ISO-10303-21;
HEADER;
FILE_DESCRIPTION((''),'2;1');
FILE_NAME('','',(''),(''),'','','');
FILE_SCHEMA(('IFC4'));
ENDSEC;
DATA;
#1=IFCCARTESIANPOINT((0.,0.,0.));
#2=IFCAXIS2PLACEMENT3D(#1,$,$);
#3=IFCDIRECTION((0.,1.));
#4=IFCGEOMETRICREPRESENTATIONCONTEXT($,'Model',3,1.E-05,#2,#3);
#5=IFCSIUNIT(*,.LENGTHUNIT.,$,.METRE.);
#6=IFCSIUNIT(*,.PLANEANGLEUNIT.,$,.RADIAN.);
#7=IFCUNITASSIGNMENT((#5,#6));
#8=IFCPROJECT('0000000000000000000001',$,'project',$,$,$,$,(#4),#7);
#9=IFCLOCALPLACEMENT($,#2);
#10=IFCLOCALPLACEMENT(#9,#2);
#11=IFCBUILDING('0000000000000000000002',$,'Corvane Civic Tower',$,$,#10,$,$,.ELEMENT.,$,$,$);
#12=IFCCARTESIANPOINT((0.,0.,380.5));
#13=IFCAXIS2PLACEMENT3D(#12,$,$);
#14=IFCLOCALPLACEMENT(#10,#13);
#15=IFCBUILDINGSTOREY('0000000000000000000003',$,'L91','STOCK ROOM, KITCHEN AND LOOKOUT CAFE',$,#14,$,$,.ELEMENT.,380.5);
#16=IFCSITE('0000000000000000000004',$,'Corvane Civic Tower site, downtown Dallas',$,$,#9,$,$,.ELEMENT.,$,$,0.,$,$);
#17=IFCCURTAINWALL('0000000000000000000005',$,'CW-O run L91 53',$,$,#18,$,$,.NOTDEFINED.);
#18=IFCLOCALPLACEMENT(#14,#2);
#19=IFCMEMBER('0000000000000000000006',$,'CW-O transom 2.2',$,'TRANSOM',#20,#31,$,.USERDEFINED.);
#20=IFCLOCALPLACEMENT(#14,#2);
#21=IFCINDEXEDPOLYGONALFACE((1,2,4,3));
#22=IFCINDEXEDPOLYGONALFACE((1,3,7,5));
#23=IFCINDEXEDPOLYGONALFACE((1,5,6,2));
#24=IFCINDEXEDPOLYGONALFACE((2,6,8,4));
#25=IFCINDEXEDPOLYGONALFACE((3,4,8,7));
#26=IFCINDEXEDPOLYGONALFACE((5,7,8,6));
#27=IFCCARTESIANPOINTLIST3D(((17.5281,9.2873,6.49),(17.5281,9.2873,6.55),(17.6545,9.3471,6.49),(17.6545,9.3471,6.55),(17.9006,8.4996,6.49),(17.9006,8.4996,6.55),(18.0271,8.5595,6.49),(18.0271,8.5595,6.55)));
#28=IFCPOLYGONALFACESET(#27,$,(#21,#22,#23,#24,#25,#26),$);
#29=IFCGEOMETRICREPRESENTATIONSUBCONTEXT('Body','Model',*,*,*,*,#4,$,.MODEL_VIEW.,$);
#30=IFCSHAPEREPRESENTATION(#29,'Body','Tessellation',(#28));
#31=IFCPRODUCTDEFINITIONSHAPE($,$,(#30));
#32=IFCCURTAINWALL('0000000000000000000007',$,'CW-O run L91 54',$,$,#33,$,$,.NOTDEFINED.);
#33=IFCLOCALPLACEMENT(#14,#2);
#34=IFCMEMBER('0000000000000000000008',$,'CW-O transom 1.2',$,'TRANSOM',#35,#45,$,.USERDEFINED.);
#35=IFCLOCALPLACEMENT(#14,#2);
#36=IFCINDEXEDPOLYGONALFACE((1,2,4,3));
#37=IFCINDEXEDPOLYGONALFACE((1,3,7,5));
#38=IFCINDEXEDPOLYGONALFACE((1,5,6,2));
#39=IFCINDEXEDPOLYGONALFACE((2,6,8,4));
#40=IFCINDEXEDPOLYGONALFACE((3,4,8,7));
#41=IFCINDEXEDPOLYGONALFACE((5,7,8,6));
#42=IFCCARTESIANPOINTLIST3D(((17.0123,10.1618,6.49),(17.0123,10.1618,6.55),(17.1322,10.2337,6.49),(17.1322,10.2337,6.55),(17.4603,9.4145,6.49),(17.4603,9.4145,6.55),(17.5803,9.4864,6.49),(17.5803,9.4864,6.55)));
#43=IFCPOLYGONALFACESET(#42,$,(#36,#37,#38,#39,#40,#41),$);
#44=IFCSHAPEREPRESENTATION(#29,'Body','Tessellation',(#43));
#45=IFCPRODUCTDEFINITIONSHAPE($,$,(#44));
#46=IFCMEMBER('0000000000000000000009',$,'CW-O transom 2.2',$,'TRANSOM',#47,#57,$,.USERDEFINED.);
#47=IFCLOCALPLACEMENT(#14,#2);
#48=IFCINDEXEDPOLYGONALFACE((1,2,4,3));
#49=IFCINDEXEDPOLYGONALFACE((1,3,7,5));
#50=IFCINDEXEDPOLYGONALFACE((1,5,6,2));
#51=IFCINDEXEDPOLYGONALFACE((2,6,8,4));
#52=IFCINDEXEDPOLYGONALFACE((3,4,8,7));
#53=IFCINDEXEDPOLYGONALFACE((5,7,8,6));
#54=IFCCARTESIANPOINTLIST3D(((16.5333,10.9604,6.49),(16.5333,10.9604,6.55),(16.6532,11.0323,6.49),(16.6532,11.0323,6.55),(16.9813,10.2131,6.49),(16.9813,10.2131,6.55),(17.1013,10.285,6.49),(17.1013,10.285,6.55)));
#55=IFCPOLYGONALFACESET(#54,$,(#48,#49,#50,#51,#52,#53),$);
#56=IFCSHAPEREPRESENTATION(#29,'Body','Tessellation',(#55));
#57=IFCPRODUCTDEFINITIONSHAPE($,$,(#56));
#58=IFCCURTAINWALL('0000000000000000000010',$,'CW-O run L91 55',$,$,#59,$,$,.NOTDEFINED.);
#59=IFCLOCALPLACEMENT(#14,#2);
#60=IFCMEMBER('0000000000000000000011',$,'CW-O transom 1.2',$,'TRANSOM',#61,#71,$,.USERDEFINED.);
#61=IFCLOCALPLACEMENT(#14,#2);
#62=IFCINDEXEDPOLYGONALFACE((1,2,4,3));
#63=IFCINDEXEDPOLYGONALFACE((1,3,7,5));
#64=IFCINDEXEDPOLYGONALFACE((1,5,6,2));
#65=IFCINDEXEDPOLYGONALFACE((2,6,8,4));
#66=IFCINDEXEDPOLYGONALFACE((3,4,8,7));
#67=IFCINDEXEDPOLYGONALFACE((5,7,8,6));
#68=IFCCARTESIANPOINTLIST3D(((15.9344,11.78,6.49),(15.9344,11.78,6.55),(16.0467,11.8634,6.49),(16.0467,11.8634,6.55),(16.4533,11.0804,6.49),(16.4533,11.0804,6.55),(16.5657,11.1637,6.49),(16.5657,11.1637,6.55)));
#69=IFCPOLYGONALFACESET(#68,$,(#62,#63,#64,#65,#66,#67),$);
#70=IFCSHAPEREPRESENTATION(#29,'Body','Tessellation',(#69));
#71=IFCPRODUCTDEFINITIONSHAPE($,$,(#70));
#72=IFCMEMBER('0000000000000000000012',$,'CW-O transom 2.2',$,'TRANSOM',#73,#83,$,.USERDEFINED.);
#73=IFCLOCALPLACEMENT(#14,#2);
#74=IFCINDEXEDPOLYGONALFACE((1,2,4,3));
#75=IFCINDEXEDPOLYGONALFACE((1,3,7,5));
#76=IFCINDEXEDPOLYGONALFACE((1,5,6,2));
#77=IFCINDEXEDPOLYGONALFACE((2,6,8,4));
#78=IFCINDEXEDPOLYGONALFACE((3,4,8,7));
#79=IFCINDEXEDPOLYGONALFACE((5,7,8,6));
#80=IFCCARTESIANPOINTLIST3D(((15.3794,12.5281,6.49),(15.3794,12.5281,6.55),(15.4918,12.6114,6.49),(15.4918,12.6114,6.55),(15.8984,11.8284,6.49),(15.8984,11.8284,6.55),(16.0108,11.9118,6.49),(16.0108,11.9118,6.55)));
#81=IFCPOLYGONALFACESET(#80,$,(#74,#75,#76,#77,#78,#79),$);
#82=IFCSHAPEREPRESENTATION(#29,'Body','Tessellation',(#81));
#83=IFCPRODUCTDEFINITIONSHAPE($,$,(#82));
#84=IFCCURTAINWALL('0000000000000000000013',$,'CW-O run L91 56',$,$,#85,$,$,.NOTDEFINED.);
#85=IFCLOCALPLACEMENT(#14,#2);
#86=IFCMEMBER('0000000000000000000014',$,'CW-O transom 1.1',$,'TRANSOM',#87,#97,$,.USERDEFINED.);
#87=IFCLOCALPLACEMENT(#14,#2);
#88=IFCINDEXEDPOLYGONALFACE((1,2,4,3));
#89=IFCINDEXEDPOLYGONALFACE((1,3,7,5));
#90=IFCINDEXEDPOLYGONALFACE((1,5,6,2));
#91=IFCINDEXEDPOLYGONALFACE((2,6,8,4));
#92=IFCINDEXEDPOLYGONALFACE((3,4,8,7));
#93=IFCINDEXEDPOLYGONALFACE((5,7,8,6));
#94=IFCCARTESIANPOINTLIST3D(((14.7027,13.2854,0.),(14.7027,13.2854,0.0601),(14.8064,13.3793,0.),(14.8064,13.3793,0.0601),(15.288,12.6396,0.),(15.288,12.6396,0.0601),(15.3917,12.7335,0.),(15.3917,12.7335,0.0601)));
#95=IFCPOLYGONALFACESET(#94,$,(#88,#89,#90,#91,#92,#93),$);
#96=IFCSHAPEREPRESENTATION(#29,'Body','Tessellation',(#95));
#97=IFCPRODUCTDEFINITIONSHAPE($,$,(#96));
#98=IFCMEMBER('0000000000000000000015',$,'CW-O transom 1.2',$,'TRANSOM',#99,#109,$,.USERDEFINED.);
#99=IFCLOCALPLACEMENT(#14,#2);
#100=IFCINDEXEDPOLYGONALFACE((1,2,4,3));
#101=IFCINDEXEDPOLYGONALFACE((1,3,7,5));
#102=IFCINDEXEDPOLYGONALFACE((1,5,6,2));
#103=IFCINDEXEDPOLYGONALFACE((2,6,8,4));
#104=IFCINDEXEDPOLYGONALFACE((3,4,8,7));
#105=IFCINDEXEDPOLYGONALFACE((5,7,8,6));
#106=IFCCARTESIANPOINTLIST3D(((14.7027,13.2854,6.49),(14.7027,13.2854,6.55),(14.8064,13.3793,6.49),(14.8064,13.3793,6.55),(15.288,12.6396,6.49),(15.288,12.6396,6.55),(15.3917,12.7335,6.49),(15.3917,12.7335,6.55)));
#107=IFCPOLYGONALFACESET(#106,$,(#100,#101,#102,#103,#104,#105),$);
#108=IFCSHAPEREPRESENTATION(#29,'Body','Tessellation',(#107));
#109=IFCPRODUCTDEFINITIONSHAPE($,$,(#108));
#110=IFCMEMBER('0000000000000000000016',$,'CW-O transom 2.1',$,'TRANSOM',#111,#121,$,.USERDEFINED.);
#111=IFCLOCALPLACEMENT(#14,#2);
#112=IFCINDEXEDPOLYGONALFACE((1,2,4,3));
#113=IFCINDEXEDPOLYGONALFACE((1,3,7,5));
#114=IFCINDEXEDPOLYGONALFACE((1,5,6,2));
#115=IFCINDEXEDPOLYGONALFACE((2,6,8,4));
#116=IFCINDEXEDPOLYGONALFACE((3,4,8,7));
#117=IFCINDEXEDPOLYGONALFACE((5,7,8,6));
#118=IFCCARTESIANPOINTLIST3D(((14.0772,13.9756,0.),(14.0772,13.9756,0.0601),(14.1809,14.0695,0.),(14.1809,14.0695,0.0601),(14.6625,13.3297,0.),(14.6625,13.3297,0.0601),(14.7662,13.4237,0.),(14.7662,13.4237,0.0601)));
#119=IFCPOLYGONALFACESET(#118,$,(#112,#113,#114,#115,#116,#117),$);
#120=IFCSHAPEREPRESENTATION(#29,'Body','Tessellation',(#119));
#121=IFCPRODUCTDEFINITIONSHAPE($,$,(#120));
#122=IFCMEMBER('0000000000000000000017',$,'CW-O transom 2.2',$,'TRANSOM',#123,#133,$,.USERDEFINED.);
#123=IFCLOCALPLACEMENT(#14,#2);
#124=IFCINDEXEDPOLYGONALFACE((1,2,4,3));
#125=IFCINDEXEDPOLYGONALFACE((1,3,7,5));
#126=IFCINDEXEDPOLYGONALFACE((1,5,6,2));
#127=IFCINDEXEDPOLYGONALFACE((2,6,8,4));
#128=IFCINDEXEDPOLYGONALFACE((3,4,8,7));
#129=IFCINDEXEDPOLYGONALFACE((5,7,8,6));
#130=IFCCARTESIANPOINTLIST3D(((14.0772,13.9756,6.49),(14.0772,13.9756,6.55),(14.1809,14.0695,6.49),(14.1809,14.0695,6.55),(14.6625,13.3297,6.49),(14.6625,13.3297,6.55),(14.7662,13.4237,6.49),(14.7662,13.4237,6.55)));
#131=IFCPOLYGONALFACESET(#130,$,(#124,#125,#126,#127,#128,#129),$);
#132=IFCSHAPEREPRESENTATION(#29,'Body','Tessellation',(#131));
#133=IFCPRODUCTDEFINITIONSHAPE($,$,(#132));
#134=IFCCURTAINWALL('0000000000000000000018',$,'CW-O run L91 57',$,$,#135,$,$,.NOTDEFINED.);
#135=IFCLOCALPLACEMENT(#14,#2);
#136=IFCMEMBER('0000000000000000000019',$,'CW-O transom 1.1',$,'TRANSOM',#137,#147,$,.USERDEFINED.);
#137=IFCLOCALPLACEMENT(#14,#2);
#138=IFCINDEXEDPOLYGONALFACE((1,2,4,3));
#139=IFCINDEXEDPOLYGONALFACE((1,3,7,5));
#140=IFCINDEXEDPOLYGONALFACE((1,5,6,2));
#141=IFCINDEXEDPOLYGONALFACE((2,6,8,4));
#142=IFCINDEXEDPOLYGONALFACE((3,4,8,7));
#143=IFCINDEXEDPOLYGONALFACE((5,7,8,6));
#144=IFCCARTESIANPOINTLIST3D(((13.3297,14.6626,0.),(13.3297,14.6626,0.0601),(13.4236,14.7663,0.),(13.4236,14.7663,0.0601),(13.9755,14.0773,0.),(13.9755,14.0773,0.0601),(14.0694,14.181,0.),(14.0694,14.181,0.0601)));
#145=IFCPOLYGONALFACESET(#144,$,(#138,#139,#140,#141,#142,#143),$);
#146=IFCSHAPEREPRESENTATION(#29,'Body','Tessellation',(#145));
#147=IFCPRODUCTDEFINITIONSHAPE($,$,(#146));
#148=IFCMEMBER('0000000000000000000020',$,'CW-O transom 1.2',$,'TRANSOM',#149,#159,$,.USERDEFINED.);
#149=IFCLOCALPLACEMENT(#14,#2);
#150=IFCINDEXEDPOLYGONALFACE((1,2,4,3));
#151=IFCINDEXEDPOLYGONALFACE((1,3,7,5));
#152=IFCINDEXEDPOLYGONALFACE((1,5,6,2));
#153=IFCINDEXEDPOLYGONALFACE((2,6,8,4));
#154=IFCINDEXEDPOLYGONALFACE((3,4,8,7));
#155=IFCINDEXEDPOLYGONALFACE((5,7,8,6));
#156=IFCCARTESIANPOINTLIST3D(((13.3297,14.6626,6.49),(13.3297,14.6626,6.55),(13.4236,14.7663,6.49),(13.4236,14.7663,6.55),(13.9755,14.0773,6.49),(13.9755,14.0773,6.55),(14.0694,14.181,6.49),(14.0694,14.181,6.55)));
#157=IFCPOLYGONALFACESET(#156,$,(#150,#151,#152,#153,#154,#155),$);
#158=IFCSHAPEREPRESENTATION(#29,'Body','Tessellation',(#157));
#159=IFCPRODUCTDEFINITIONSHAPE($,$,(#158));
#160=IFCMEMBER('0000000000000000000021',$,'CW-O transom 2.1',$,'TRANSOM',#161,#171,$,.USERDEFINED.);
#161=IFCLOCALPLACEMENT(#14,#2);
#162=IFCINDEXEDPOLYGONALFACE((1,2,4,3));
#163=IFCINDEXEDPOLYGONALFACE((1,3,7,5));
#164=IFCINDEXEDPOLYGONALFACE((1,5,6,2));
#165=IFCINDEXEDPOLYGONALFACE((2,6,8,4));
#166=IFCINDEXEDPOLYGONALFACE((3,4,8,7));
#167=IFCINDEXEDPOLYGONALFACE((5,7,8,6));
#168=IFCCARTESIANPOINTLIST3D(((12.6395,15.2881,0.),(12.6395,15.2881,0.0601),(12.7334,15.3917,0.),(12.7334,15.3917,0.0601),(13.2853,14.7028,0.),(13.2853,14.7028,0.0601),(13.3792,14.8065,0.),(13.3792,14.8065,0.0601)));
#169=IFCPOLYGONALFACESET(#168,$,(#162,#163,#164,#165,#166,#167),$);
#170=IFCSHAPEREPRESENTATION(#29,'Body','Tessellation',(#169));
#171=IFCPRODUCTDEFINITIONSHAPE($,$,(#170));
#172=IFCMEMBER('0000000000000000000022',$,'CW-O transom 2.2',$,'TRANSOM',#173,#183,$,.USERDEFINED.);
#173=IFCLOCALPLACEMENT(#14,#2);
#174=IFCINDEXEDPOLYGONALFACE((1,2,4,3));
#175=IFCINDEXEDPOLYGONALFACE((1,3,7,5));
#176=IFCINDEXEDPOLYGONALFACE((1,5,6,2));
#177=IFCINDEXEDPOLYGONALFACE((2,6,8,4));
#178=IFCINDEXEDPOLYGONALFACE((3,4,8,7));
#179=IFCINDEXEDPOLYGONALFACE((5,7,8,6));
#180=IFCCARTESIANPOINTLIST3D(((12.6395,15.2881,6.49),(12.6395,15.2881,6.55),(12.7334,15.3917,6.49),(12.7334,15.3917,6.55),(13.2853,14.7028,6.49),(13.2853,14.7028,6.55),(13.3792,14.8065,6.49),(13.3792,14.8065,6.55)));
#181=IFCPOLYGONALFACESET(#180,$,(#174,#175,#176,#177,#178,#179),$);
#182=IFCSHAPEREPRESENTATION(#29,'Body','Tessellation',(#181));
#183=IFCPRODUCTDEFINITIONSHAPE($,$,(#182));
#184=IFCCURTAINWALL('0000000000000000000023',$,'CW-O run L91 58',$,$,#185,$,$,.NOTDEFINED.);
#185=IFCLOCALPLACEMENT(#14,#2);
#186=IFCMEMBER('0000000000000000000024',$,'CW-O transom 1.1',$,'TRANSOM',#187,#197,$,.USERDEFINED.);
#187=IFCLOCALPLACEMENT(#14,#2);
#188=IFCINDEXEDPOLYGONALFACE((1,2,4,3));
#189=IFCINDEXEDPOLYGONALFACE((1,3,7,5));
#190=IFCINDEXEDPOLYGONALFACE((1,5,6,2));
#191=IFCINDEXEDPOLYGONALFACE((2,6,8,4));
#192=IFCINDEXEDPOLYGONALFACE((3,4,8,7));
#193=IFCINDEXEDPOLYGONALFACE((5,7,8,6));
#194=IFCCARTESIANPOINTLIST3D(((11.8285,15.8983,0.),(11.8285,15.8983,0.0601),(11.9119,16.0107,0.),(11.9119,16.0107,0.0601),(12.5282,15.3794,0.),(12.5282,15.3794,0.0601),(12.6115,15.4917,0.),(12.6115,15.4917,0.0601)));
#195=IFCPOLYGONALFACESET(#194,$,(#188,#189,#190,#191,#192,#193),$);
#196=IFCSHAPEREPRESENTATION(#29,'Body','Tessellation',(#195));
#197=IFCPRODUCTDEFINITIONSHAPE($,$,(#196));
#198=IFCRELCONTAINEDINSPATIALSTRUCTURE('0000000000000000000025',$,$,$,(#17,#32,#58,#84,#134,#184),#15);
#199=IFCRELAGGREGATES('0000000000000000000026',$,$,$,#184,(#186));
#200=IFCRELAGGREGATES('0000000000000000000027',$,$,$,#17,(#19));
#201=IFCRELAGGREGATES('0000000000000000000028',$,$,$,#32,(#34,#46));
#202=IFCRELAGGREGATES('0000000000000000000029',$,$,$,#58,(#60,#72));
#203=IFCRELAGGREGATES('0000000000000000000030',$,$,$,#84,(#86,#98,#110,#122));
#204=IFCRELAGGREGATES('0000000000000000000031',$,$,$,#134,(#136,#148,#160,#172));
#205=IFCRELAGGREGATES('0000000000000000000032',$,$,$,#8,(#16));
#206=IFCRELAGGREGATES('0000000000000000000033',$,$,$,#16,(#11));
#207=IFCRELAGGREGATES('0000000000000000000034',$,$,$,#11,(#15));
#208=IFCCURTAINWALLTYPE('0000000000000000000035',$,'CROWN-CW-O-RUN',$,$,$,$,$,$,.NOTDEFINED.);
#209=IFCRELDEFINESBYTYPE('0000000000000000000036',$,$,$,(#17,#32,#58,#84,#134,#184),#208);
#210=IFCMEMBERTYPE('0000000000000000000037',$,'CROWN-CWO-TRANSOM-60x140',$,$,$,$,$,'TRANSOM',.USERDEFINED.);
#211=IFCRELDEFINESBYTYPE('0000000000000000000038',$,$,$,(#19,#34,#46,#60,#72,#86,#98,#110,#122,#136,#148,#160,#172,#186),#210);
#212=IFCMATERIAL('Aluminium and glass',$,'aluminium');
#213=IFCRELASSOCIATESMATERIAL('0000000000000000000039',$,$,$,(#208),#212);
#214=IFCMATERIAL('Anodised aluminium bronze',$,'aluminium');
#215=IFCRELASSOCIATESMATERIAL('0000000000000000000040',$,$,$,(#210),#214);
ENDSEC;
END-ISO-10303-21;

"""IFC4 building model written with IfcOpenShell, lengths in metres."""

from ifc_helpers import new_model, si_unit, direction, frame, origin, origin_2d, place, context, subcontext, project, spatial, rectangle, extrude, material, material_profile, profile_set, type_object, element, aggregate, save


model = new_model("IFC4")

# Units and contexts
model_context = context("Model", 3, precision=1e-05, world=origin(), true_north=direction((0.0, 1.0)))
body_context = subcontext(model_context, "Body", "Model", "MODEL_VIEW")
ifc_project = project(units=[si_unit("LENGTHUNIT", "METRE"), si_unit("PLANEANGLEUNIT", "RADIAN")], contexts=[model_context])

# Site, building, storey
site_placement = place(None, origin())
site = spatial("IfcSite", under=ifc_project, at=site_placement, Name="Corvane Civic Tower site, downtown Dallas", CompositionType="ELEMENT", RefElevation=0.0)
building_placement = place(site_placement, origin())
building = spatial("IfcBuilding", under=site, at=building_placement, Name="Corvane Civic Tower", CompositionType="ELEMENT")
storey_placement = place(building_placement, frame((0.0, 0.0, 380.5)))
storey = spatial("IfcBuildingStorey", under=building, at=storey_placement, Name="L91", Description="STOCK ROOM, KITCHEN AND LOOKOUT CAFE", CompositionType="ELEMENT", Elevation=380.5)

# Curtain wall, member
ifc_material_1 = material(Name="Aluminium and glass", Category="aluminium")
curtain_wall_type = type_object("IfcCurtainWallType", Name="CROWN-CW-O-RUN", PredefinedType="NOTDEFINED", material=ifc_material_1)
curtain_wall_1_placement = place(storey_placement, origin())
curtain_wall_1 = element("IfcCurtainWall", 1, at=curtain_wall_1_placement, inside=storey, type_object=curtain_wall_type, Name="CW-O run L91 53", PredefinedType="NOTDEFINED")
ifc_material_2 = material(Name="Anodised aluminium bronze", Category="aluminium")
ifc_material_profile = material_profile(ifc_material_2, rectangle(XDim=0.1399, YDim=0.0601, at=origin_2d()), Name="AL 140x60")
ifc_profile_set = profile_set([ifc_material_profile], Name="Anodised aluminium bronze")
member_type = type_object("IfcMemberType", Name="CROWN-CWO-TRANSOM-60x140", ElementType="TRANSOM", PredefinedType="USERDEFINED", material=ifc_profile_set)
member_1_placement = place(storey_placement, frame((17.9639, 8.5295, 6.52), z_axis=(-0.427604, 0.903966, 0.0), x_axis=(-0.903966, -0.427604, 0.0)))
member_1 = element("IfcMember", 2, at=member_1_placement, type_object=member_type, Name="CW-O transom 2.2", ObjectType="TRANSOM", PredefinedType="USERDEFINED", context=body_context, shape_type="SweptSolid", body=[
    extrude(rectangle(XDim=0.1399, YDim=0.0601, at=origin_2d()), origin(), (0.0, 0.0, 1.0), 0.8713),
])

# Curtain walls, members
curtain_wall_2_placement = place(storey_placement, origin())
curtain_wall_2 = element("IfcCurtainWall", 3, at=curtain_wall_2_placement, inside=storey, type_object=curtain_wall_type, Name="CW-O run L91 54", PredefinedType="NOTDEFINED")
member_2_placement = place(storey_placement, frame((17.5203, 9.4504, 6.52), z_axis=(-0.514166, 0.857691, 0.0), x_axis=(-0.857691, -0.514166, 0.0)))
member_2 = element("IfcMember", 4, at=member_2_placement, type_object=member_type, Name="CW-O transom 1.2", ObjectType="TRANSOM", PredefinedType="USERDEFINED", context=body_context, shape_type="SweptSolid", body=[
    extrude(rectangle(XDim=0.1399, YDim=0.0601, at=origin_2d()), origin(), (0.0, 0.0, 1.0), 0.8713),
])
member_3_placement = place(storey_placement, frame((17.0413, 10.249, 6.52), z_axis=(-0.514166, 0.857691, 0.0), x_axis=(-0.857691, -0.514166, 0.0)))
member_3 = element("IfcMember", 5, at=member_3_placement, type_object=member_type, Name="CW-O transom 2.2", ObjectType="TRANSOM", PredefinedType="USERDEFINED", context=body_context, shape_type="SweptSolid", body=[
    extrude(rectangle(XDim=0.1399, YDim=0.0601, at=origin_2d()), origin(), (0.0, 0.0, 1.0), 0.8713),
])
curtain_wall_3_placement = place(storey_placement, origin())
curtain_wall_3 = element("IfcCurtainWall", 6, at=curtain_wall_3_placement, inside=storey, type_object=curtain_wall_type, Name="CW-O run L91 55", PredefinedType="NOTDEFINED")
member_4_placement = place(storey_placement, frame((16.5095, 11.1221, 6.52), z_axis=(-0.595777, 0.80315, 0.0), x_axis=(-0.80315, -0.595777, 0.0)))
member_4 = element("IfcMember", 7, at=member_4_placement, type_object=member_type, Name="CW-O transom 1.2", ObjectType="TRANSOM", PredefinedType="USERDEFINED", context=body_context, shape_type="SweptSolid", body=[
    extrude(rectangle(XDim=0.1399, YDim=0.0601, at=origin_2d()), origin(), (0.0, 0.0, 1.0), 0.8711),
])
member_5_placement = place(storey_placement, frame((15.9546, 11.8701, 6.52), z_axis=(-0.595777, 0.80315, 0.0), x_axis=(-0.80315, -0.595777, 0.0)))
member_5 = element("IfcMember", 8, at=member_5_placement, type_object=member_type, Name="CW-O transom 2.2", ObjectType="TRANSOM", PredefinedType="USERDEFINED", context=body_context, shape_type="SweptSolid", body=[
    extrude(rectangle(XDim=0.1399, YDim=0.0601, at=origin_2d()), origin(), (0.0, 0.0, 1.0), 0.8711),
])
curtain_wall_4_placement = place(storey_placement, origin())
curtain_wall_4 = element("IfcCurtainWall", 9, at=curtain_wall_4_placement, inside=storey, type_object=curtain_wall_type, Name="CW-O run L91 56", PredefinedType="NOTDEFINED")
member_6_placement = place(storey_placement, frame((15.3398, 12.6865, 0.03), z_axis=(-0.671515, 0.740991, 0.0), x_axis=(-0.740991, -0.671515, 0.0)))
member_6 = element("IfcMember", 10, at=member_6_placement, type_object=member_type, Name="CW-O transom 1.1", ObjectType="TRANSOM", PredefinedType="USERDEFINED", context=body_context, shape_type="SweptSolid", body=[
    extrude(rectangle(XDim=0.1399, YDim=0.0601, at=origin_2d()), origin(), (0.0, 0.0, 1.0), 0.8716),
])
member_7_placement = place(storey_placement, frame((15.3398, 12.6865, 6.52), z_axis=(-0.671515, 0.740991, 0.0), x_axis=(-0.740991, -0.671515, 0.0)))
member_7 = element("IfcMember", 11, at=member_7_placement, type_object=member_type, Name="CW-O transom 1.2", ObjectType="TRANSOM", PredefinedType="USERDEFINED", context=body_context, shape_type="SweptSolid", body=[
    extrude(rectangle(XDim=0.1399, YDim=0.0601, at=origin_2d()), origin(), (0.0, 0.0, 1.0), 0.8716),
])
member_8_placement = place(storey_placement, frame((14.7144, 13.3767, 0.03), z_axis=(-0.671515, 0.740991, 0.0), x_axis=(-0.740991, -0.671515, 0.0)))
member_8 = element("IfcMember", 12, at=member_8_placement, type_object=member_type, Name="CW-O transom 2.1", ObjectType="TRANSOM", PredefinedType="USERDEFINED", context=body_context, shape_type="SweptSolid", body=[
    extrude(rectangle(XDim=0.1399, YDim=0.0601, at=origin_2d()), origin(), (0.0, 0.0, 1.0), 0.8716),
])
member_9_placement = place(storey_placement, frame((14.7144, 13.3767, 6.52), z_axis=(-0.671515, 0.740991, 0.0), x_axis=(-0.740991, -0.671515, 0.0)))
member_9 = element("IfcMember", 13, at=member_9_placement, type_object=member_type, Name="CW-O transom 2.2", ObjectType="TRANSOM", PredefinedType="USERDEFINED", context=body_context, shape_type="SweptSolid", body=[
    extrude(rectangle(XDim=0.1399, YDim=0.0601, at=origin_2d()), origin(), (0.0, 0.0, 1.0), 0.8716),
])
curtain_wall_5_placement = place(storey_placement, origin())
curtain_wall_5 = element("IfcCurtainWall", 14, at=curtain_wall_5_placement, inside=storey, type_object=curtain_wall_type, Name="CW-O run L91 57", PredefinedType="NOTDEFINED")
member_10_placement = place(storey_placement, frame((14.0225, 14.1292, 0.03), z_axis=(-0.740991, 0.671515, 0.0), x_axis=(-0.671515, -0.740991, 0.0)))
member_10 = element("IfcMember", 15, at=member_10_placement, type_object=member_type, Name="CW-O transom 1.1", ObjectType="TRANSOM", PredefinedType="USERDEFINED", context=body_context, shape_type="SweptSolid", body=[
    extrude(rectangle(XDim=0.1399, YDim=0.0601, at=origin_2d()), origin(), (0.0, 0.0, 1.0), 0.8716),
])
member_11_placement = place(storey_placement, frame((14.0225, 14.1292, 6.52), z_axis=(-0.740991, 0.671515, 0.0), x_axis=(-0.671515, -0.740991, 0.0)))
member_11 = element("IfcMember", 16, at=member_11_placement, type_object=member_type, Name="CW-O transom 1.2", ObjectType="TRANSOM", PredefinedType="USERDEFINED", context=body_context, shape_type="SweptSolid", body=[
    extrude(rectangle(XDim=0.1399, YDim=0.0601, at=origin_2d()), origin(), (0.0, 0.0, 1.0), 0.8716),
])
member_12_placement = place(storey_placement, frame((13.3323, 14.7546, 0.03), z_axis=(-0.740991, 0.671515, 0.0), x_axis=(-0.671515, -0.740991, 0.0)))
member_12 = element("IfcMember", 17, at=member_12_placement, type_object=member_type, Name="CW-O transom 2.1", ObjectType="TRANSOM", PredefinedType="USERDEFINED", context=body_context, shape_type="SweptSolid", body=[
    extrude(rectangle(XDim=0.1399, YDim=0.0601, at=origin_2d()), origin(), (0.0, 0.0, 1.0), 0.8716),
])
member_13_placement = place(storey_placement, frame((13.3323, 14.7546, 6.52), z_axis=(-0.740991, 0.671515, 0.0), x_axis=(-0.671515, -0.740991, 0.0)))
member_13 = element("IfcMember", 18, at=member_13_placement, type_object=member_type, Name="CW-O transom 2.2", ObjectType="TRANSOM", PredefinedType="USERDEFINED", context=body_context, shape_type="SweptSolid", body=[
    extrude(rectangle(XDim=0.1399, YDim=0.0601, at=origin_2d()), origin(), (0.0, 0.0, 1.0), 0.8716),
])
curtain_wall_6_placement = place(storey_placement, origin())
curtain_wall_6 = element("IfcCurtainWall", 19, at=curtain_wall_6_placement, inside=storey, type_object=curtain_wall_type, Name="CW-O run L91 58", PredefinedType="NOTDEFINED")
member_14_placement = place(storey_placement, frame((12.5698, 15.4355, 0.03), z_axis=(-0.80315, 0.595777, 0.0), x_axis=(-0.595777, -0.80315, 0.0)))
member_14 = element("IfcMember", 20, at=member_14_placement, type_object=member_type, Name="CW-O transom 1.1", ObjectType="TRANSOM", PredefinedType="USERDEFINED", context=body_context, shape_type="SweptSolid", body=[
    extrude(rectangle(XDim=0.1399, YDim=0.0601, at=origin_2d()), origin(), (0.0, 0.0, 1.0), 0.8711),
])
aggregate(curtain_wall_6, [member_14])

aggregate(curtain_wall_1, [member_1])
aggregate(curtain_wall_2, [member_2, member_3])
aggregate(curtain_wall_3, [member_4, member_5])
aggregate(curtain_wall_4, [member_6, member_7, member_8, member_9])
aggregate(curtain_wall_5, [member_10, member_11, member_12, member_13])

save(model, "model.ifc")
